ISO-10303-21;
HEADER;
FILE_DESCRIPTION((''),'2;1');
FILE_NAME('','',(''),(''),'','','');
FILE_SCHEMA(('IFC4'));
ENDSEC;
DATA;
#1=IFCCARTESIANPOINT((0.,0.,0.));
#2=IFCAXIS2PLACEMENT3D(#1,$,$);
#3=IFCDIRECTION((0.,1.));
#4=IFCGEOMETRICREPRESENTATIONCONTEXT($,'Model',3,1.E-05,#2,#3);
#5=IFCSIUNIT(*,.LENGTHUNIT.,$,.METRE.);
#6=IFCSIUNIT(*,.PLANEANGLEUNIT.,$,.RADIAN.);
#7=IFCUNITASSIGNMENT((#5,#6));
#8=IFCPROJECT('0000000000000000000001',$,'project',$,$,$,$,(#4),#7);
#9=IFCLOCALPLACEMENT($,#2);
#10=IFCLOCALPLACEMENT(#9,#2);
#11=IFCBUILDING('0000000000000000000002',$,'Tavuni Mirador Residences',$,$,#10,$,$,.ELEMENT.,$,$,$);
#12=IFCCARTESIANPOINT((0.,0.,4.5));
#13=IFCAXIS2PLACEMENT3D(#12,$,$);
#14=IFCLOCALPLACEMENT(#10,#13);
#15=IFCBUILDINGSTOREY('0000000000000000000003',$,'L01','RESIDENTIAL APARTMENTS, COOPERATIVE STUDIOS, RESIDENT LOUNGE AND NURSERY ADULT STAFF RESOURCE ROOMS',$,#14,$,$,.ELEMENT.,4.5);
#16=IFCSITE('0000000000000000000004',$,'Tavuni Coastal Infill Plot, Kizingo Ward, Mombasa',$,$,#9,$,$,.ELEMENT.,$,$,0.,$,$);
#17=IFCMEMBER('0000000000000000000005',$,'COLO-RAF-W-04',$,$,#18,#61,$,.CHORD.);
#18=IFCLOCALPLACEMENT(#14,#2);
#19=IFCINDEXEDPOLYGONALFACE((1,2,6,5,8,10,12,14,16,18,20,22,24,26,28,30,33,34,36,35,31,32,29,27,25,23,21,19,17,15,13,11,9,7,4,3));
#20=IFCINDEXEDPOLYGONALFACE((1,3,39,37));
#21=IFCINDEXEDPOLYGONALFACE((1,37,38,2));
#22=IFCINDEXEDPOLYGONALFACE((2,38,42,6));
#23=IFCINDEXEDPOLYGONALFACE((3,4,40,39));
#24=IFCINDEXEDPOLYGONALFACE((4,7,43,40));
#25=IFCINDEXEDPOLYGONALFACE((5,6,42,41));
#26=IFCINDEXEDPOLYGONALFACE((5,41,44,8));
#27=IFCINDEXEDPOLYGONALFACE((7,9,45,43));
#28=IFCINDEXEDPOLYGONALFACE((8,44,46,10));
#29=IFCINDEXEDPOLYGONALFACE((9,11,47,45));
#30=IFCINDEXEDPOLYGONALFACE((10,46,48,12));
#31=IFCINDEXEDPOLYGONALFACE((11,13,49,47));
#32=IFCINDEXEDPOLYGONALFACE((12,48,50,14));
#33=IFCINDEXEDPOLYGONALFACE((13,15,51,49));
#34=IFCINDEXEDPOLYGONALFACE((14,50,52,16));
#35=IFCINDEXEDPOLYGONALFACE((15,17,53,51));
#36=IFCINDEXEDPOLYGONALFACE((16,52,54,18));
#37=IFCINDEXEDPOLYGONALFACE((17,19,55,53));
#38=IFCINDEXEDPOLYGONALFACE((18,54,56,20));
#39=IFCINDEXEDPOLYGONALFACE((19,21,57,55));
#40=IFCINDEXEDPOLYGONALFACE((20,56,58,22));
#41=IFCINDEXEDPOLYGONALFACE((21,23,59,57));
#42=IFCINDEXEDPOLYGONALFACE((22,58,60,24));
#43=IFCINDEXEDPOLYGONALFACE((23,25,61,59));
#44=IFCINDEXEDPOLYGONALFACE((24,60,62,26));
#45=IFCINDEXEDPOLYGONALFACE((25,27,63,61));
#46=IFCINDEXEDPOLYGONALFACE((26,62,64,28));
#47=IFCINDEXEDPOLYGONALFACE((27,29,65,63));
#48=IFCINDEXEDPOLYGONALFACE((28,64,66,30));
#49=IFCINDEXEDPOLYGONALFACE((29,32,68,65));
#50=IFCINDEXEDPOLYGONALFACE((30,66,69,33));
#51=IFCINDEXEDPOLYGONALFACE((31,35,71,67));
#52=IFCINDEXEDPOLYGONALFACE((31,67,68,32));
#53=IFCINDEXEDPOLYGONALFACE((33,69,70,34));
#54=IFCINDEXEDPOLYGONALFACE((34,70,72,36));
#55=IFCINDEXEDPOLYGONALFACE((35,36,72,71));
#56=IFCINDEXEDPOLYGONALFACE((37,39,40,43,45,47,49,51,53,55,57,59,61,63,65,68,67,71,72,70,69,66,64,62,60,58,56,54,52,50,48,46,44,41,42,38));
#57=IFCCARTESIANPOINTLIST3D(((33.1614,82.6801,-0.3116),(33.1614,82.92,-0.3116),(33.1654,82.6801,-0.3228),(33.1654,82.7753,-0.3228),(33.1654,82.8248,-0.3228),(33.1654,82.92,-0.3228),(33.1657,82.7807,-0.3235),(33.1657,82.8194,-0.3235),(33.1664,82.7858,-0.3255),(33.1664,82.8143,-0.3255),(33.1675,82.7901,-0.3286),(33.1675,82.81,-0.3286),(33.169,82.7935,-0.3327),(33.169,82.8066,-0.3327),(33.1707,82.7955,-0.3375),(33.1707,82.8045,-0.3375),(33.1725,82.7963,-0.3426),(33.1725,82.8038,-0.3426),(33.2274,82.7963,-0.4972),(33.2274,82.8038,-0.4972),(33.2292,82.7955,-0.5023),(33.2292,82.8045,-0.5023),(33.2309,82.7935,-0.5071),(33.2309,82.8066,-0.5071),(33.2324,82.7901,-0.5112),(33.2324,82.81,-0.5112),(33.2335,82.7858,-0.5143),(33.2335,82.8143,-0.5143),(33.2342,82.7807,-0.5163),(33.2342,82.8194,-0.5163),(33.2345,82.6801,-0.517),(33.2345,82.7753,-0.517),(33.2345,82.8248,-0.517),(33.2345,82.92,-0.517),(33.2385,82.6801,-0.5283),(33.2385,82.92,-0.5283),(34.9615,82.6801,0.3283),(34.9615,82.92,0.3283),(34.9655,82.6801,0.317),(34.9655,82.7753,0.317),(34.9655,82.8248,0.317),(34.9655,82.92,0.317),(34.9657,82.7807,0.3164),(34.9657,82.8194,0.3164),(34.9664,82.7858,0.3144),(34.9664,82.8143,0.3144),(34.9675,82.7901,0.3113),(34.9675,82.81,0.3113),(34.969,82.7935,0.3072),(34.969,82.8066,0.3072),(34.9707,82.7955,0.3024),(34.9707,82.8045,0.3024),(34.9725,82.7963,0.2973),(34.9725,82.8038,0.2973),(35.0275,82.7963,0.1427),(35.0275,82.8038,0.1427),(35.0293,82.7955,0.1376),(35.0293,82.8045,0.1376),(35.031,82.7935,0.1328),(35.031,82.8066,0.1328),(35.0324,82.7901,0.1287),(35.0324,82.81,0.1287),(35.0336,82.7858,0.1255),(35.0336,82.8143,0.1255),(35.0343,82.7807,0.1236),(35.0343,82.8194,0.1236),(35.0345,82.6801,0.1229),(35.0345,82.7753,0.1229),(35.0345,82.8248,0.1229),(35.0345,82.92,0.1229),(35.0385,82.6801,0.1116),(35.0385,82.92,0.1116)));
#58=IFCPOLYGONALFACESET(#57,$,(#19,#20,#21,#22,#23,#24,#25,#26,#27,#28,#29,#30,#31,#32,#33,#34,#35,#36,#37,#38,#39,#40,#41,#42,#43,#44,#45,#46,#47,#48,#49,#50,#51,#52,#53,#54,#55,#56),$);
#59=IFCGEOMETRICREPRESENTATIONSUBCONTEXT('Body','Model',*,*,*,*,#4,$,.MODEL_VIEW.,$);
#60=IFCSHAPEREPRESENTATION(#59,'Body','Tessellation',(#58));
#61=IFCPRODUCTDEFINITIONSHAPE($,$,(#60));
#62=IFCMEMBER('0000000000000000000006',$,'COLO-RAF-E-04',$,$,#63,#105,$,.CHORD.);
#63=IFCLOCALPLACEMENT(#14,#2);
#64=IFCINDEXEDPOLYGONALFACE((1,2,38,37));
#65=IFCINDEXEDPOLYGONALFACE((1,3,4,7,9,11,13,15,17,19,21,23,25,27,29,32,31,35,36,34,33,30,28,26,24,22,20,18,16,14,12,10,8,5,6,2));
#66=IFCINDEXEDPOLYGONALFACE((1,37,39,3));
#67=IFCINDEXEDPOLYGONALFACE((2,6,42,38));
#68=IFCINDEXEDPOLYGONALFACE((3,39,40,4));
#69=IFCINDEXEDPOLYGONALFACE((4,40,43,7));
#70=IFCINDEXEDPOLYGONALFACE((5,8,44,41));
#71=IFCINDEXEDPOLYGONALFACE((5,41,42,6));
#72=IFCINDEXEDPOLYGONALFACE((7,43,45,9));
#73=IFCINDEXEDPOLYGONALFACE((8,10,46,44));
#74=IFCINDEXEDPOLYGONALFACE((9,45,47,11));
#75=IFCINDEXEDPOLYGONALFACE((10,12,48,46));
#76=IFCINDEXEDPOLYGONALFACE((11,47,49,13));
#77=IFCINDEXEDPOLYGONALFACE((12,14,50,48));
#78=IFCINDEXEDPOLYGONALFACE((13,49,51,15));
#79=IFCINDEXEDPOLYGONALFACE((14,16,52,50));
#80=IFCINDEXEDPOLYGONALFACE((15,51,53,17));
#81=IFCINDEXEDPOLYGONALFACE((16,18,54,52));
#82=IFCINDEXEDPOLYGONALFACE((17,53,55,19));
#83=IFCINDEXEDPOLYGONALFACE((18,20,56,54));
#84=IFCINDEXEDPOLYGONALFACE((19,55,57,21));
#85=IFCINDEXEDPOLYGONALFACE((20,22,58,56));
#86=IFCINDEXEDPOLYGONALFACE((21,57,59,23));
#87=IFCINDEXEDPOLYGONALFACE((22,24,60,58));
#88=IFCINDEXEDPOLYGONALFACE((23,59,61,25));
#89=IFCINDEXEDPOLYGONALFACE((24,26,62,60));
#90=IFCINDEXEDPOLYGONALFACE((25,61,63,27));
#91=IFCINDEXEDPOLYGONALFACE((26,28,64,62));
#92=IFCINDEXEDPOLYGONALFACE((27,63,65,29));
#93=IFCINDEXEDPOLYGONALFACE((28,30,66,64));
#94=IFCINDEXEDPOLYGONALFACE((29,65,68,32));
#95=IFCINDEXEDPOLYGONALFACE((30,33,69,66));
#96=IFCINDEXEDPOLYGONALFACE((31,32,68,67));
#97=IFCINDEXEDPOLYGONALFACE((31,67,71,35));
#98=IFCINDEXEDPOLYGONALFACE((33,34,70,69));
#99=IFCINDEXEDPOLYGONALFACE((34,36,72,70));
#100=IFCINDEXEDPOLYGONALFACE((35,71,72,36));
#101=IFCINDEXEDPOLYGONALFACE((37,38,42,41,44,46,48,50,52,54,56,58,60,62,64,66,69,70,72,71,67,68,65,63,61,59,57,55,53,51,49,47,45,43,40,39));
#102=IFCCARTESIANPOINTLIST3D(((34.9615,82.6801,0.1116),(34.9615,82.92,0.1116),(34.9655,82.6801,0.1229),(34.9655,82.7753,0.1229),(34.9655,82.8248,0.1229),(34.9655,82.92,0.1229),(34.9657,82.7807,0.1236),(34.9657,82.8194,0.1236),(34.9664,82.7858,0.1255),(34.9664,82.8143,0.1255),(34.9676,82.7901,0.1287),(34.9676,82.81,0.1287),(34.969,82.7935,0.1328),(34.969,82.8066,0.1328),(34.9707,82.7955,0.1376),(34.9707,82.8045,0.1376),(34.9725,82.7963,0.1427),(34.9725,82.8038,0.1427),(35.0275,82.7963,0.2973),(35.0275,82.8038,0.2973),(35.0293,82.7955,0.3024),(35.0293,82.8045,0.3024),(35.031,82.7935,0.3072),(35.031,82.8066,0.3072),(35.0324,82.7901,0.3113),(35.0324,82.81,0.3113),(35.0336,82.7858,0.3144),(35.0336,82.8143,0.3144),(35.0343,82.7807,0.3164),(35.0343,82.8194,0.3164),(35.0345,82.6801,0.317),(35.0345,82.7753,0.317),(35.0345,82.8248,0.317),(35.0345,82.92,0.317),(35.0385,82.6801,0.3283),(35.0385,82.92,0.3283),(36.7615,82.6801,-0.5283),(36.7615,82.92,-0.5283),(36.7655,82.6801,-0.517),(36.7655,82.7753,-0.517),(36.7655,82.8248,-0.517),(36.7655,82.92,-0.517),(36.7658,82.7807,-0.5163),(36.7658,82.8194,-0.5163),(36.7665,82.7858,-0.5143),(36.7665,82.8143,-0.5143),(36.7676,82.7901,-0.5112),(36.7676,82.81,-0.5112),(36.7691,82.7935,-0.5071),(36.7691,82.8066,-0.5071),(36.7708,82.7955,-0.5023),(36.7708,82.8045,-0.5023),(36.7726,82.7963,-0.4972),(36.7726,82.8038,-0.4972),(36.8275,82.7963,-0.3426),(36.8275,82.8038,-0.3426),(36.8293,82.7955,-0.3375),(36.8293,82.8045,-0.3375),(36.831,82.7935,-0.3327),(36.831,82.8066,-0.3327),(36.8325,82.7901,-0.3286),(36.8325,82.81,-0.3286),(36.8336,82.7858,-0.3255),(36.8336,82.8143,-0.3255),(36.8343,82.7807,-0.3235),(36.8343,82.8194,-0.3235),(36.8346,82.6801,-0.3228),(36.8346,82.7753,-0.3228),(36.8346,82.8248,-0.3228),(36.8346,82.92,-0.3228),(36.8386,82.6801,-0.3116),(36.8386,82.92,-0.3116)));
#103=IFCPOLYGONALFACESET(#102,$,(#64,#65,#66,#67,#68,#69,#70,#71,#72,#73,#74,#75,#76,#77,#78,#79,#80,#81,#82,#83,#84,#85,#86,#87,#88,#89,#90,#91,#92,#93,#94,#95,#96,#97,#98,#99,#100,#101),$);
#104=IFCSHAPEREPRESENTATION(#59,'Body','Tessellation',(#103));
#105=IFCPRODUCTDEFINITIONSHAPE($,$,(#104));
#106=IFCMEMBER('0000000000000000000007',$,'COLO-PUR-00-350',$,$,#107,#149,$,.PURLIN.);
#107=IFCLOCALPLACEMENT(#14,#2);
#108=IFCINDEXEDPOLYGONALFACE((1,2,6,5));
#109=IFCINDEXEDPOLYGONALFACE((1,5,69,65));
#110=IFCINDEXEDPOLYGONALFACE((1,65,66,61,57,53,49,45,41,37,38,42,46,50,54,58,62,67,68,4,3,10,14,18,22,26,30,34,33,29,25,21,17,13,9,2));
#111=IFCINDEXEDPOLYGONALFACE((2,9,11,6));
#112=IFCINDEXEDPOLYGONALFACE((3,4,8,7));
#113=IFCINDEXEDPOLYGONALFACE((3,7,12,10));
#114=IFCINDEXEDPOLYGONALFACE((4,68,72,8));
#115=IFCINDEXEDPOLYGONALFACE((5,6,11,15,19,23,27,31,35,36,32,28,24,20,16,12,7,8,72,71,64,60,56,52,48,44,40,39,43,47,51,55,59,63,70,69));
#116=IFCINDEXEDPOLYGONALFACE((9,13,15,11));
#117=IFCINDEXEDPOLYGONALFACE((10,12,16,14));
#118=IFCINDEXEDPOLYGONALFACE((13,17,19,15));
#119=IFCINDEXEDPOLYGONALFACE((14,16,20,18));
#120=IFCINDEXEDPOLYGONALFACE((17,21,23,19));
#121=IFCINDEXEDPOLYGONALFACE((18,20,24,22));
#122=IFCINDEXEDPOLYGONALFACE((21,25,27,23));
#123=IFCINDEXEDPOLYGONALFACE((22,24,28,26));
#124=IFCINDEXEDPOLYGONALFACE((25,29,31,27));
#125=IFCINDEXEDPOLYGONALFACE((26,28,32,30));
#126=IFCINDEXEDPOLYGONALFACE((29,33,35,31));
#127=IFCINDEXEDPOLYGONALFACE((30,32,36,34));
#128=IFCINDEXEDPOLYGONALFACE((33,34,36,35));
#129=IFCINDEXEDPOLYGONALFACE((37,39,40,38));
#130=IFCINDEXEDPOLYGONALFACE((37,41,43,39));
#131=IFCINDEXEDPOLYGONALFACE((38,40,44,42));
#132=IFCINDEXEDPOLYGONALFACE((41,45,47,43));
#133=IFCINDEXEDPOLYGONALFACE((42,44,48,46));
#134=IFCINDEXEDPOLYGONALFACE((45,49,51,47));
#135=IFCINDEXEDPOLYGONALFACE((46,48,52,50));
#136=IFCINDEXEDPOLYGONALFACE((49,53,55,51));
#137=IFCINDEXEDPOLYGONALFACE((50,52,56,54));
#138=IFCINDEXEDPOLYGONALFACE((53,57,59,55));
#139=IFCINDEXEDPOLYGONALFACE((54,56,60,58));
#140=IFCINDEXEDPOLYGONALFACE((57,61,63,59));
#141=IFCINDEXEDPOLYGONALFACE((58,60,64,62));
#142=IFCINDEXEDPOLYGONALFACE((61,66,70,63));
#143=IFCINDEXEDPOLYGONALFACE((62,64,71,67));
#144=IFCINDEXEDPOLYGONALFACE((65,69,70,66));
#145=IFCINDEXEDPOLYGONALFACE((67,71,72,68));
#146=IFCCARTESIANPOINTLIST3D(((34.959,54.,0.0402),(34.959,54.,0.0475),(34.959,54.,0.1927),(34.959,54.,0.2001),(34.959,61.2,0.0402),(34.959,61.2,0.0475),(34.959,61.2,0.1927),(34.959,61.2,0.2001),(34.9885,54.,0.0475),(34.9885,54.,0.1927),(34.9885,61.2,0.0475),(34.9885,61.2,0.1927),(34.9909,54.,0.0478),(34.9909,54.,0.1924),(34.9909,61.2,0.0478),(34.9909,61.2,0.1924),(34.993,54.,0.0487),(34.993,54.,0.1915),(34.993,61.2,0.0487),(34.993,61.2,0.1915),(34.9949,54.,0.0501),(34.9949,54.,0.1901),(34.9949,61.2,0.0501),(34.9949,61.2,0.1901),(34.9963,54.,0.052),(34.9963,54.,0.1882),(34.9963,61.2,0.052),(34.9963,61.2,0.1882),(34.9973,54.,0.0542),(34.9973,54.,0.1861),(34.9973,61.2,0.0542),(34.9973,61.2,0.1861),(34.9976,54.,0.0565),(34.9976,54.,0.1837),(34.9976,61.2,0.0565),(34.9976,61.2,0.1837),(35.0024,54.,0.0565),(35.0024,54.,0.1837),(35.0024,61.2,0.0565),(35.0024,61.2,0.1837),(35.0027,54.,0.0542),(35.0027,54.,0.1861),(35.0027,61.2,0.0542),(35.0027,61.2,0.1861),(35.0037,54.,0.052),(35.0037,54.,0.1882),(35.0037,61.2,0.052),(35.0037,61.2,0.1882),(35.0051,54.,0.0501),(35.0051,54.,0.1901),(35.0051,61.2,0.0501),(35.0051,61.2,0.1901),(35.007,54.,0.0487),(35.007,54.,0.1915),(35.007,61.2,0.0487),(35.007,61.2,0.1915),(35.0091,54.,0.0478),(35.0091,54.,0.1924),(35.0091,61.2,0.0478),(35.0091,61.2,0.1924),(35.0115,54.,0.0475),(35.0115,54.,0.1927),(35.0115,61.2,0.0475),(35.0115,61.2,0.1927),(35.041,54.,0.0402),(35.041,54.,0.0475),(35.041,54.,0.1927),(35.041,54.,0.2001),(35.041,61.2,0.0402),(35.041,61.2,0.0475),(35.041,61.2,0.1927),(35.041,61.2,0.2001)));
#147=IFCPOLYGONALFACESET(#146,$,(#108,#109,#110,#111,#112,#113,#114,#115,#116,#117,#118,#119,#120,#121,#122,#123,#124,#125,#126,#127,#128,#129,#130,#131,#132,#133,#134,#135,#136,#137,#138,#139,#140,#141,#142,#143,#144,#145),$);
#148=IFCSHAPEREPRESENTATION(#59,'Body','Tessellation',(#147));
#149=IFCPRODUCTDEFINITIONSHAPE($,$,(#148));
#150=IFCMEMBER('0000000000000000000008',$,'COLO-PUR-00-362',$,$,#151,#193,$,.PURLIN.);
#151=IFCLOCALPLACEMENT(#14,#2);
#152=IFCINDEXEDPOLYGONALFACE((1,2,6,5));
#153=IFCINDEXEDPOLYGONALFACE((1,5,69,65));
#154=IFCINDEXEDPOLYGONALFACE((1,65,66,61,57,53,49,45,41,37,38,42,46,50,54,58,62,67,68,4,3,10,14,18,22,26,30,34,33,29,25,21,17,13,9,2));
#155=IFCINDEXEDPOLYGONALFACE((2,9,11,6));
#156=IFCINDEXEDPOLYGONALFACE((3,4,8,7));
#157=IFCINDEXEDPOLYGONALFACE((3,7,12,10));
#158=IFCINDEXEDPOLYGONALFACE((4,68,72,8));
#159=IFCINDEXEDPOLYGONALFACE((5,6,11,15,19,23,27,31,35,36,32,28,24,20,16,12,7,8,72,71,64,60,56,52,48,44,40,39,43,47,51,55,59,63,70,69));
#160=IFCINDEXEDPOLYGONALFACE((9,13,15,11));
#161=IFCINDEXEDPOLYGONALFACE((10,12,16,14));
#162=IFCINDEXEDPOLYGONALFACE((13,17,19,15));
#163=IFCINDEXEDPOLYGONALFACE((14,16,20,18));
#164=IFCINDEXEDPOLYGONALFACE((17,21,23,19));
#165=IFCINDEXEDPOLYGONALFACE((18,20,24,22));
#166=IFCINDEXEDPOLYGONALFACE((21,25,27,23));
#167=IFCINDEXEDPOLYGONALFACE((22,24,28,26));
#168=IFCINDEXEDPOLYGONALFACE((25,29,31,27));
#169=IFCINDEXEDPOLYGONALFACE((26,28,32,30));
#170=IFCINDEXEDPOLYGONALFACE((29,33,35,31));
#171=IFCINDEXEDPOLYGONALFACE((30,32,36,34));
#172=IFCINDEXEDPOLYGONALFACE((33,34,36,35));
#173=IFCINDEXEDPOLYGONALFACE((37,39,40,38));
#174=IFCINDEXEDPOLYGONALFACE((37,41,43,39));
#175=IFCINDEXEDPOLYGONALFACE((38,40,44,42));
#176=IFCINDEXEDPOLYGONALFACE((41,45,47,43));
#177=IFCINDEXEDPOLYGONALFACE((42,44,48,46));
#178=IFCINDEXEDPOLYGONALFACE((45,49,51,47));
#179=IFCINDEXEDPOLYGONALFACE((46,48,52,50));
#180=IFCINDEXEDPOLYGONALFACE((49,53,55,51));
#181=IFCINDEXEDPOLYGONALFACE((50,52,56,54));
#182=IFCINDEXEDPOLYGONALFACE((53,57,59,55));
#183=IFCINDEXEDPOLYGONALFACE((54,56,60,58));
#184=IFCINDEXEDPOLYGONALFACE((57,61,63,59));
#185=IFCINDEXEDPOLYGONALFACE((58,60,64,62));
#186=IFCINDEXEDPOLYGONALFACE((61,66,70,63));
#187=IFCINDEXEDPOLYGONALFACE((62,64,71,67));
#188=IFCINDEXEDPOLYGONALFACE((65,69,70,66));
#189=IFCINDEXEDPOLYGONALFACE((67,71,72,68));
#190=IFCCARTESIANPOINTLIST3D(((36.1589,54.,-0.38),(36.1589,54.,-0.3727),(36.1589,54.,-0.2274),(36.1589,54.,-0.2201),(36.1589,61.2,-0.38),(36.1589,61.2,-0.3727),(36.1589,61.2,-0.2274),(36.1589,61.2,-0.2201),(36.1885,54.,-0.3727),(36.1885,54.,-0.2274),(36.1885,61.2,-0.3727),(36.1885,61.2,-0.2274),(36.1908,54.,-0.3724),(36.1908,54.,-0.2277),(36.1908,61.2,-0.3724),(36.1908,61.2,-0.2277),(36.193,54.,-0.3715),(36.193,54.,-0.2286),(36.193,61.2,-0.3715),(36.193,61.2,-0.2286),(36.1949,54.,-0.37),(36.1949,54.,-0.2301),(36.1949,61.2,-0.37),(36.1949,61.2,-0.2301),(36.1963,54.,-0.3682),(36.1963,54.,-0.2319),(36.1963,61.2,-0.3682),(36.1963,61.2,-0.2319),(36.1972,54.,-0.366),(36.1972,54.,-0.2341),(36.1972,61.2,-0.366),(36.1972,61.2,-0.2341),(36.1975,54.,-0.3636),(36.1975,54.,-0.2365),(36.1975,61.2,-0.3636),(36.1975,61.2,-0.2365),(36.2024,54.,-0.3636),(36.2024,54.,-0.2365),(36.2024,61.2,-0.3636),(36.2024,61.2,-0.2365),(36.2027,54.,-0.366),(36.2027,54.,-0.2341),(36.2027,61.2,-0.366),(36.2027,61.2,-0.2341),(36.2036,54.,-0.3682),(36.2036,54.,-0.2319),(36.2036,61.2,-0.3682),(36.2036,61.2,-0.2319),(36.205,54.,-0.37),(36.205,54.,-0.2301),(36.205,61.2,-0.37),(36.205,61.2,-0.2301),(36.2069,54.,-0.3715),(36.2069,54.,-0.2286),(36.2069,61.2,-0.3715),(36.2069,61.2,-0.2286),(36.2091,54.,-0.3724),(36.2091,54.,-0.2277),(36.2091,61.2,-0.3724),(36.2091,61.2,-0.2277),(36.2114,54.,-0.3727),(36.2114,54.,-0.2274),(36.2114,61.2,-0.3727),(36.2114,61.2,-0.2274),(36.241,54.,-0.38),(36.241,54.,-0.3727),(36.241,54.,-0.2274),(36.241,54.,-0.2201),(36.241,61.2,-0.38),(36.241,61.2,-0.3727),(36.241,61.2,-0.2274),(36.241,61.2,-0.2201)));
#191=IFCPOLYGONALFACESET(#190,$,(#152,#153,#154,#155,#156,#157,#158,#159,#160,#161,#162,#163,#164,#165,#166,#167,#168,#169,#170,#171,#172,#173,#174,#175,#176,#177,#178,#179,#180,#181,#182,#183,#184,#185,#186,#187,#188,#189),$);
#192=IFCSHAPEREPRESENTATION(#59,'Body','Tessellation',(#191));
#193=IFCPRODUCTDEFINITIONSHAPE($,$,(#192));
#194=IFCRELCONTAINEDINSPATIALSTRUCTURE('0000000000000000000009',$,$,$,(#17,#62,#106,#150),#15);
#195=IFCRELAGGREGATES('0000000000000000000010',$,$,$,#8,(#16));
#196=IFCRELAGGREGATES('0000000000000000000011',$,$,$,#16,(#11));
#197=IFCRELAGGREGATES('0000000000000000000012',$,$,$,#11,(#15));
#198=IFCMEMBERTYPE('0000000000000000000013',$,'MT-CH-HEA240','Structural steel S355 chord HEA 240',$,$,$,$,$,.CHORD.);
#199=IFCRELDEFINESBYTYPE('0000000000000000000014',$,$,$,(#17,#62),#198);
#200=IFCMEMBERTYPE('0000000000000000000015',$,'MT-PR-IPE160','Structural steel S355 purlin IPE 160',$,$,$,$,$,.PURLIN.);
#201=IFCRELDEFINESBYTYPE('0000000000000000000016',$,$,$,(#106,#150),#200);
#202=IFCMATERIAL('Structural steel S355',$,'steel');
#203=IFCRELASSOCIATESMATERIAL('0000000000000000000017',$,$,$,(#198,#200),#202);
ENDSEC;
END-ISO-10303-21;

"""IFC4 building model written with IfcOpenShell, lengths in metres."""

from ifc_helpers import new_model, si_unit, direction, frame, origin, origin_2d, place, context, subcontext, project, spatial, i_section, extrude, material, material_profile, profile_set, type_object, element, save


model = new_model("IFC4")

# Units and contexts
model_context = context("Model", 3, precision=1e-05, world=origin(), true_north=direction((0.0, 1.0)))
body_context = subcontext(model_context, "Body", "Model", "MODEL_VIEW")
ifc_project = project(units=[si_unit("LENGTHUNIT", "METRE"), si_unit("PLANEANGLEUNIT", "RADIAN")], contexts=[model_context])

# Site, building, storey
site_placement = place(None, origin())
site = spatial("IfcSite", under=ifc_project, at=site_placement, Name="Tavuni Coastal Infill Plot, Kizingo Ward, Mombasa", CompositionType="ELEMENT", RefElevation=0.0)
building_placement = place(site_placement, origin())
building = spatial("IfcBuilding", under=site, at=building_placement, Name="Tavuni Mirador Residences", CompositionType="ELEMENT")
storey_placement = place(building_placement, frame((0.0, 0.0, 4.5)))
storey = spatial("IfcBuildingStorey", under=building, at=storey_placement, Name="L01", Description="RESIDENTIAL APARTMENTS, COOPERATIVE STUDIOS, RESIDENT LOUNGE AND NURSERY ADULT STAFF RESOURCE ROOMS", CompositionType="ELEMENT", Elevation=4.5)

# Shared definitions
ifc_material = material(Name="Structural steel S355", Category="steel")

# Members
ifc_material_profile_1 = material_profile(ifc_material, i_section(OverallWidth=0.24, OverallDepth=0.23, WebThickness=0.0076, FlangeThickness=0.012, FilletRadius=0.021, at=origin_2d()), Name="HEA 240", Category="steel")
ifc_profile_set_1 = profile_set([ifc_material_profile_1], Name="Structural steel S355")
member_type_1 = type_object("IfcMemberType", Name="MT-CH-HEA240", Description="Structural steel S355 chord HEA 240", PredefinedType="CHORD", material=ifc_profile_set_1)
for number, where, z_axis, x_axis, name in (
    (1, (33.2, 82.8, -0.4199), (0.942235, 0.0, 0.334952), (0.0, 1.0, 0.0), "COLO-RAF-W-04"),
    (2, (35.0, 82.8, 0.22), (0.942235, 0.0, -0.334952), (0.0, 1.0, 0.0), "COLO-RAF-E-04"),
):
    element("IfcMember", number, at=place(storey_placement, frame(where, z_axis=z_axis, x_axis=x_axis)), inside=storey, type_object=member_type_1, Name=name, PredefinedType="CHORD", context=body_context, shape_type="SweptSolid", body=[
        extrude(i_section(OverallWidth=0.24, OverallDepth=0.23, WebThickness=0.0076, FlangeThickness=0.012, FilletRadius=0.021, at=origin_2d()), origin(), (0.0, 0.0, 1.0), 1.9104),
    ])
ifc_material_profile_2 = material_profile(ifc_material, i_section(OverallWidth=0.082, OverallDepth=0.1599, WebThickness=0.0049, FlangeThickness=0.0073, FilletRadius=0.009, at=origin_2d()), Name="IPE 160", Category="steel")
ifc_profile_set_2 = profile_set([ifc_material_profile_2], Name="Structural steel S355")
member_type_2 = type_object("IfcMemberType", Name="MT-PR-IPE160", Description="Structural steel S355 purlin IPE 160", PredefinedType="PURLIN", material=ifc_profile_set_2)
for number, where, z_axis, x_axis, name in (
    (3, (35.0, 54.0, 0.1201), (0.0, 1.0, 0.0), (-1.0, 0.0, 0.0), "COLO-PUR-00-350"),
    (4, (36.2, 54.0, -0.3), (0.0, 1.0, 0.0), (-1.0, 0.0, 0.0), "COLO-PUR-00-362"),
):
    element("IfcMember", number, at=place(storey_placement, frame(where, z_axis=z_axis, x_axis=x_axis)), inside=storey, type_object=member_type_2, Name=name, PredefinedType="PURLIN", context=body_context, shape_type="SweptSolid", body=[
        extrude(i_section(OverallWidth=0.082, OverallDepth=0.1599, WebThickness=0.0049, FlangeThickness=0.0073, FilletRadius=0.009, at=origin_2d()), origin(), (0.0, 0.0, 1.0), 7.2),
    ])

save(model, "model.ifc")
